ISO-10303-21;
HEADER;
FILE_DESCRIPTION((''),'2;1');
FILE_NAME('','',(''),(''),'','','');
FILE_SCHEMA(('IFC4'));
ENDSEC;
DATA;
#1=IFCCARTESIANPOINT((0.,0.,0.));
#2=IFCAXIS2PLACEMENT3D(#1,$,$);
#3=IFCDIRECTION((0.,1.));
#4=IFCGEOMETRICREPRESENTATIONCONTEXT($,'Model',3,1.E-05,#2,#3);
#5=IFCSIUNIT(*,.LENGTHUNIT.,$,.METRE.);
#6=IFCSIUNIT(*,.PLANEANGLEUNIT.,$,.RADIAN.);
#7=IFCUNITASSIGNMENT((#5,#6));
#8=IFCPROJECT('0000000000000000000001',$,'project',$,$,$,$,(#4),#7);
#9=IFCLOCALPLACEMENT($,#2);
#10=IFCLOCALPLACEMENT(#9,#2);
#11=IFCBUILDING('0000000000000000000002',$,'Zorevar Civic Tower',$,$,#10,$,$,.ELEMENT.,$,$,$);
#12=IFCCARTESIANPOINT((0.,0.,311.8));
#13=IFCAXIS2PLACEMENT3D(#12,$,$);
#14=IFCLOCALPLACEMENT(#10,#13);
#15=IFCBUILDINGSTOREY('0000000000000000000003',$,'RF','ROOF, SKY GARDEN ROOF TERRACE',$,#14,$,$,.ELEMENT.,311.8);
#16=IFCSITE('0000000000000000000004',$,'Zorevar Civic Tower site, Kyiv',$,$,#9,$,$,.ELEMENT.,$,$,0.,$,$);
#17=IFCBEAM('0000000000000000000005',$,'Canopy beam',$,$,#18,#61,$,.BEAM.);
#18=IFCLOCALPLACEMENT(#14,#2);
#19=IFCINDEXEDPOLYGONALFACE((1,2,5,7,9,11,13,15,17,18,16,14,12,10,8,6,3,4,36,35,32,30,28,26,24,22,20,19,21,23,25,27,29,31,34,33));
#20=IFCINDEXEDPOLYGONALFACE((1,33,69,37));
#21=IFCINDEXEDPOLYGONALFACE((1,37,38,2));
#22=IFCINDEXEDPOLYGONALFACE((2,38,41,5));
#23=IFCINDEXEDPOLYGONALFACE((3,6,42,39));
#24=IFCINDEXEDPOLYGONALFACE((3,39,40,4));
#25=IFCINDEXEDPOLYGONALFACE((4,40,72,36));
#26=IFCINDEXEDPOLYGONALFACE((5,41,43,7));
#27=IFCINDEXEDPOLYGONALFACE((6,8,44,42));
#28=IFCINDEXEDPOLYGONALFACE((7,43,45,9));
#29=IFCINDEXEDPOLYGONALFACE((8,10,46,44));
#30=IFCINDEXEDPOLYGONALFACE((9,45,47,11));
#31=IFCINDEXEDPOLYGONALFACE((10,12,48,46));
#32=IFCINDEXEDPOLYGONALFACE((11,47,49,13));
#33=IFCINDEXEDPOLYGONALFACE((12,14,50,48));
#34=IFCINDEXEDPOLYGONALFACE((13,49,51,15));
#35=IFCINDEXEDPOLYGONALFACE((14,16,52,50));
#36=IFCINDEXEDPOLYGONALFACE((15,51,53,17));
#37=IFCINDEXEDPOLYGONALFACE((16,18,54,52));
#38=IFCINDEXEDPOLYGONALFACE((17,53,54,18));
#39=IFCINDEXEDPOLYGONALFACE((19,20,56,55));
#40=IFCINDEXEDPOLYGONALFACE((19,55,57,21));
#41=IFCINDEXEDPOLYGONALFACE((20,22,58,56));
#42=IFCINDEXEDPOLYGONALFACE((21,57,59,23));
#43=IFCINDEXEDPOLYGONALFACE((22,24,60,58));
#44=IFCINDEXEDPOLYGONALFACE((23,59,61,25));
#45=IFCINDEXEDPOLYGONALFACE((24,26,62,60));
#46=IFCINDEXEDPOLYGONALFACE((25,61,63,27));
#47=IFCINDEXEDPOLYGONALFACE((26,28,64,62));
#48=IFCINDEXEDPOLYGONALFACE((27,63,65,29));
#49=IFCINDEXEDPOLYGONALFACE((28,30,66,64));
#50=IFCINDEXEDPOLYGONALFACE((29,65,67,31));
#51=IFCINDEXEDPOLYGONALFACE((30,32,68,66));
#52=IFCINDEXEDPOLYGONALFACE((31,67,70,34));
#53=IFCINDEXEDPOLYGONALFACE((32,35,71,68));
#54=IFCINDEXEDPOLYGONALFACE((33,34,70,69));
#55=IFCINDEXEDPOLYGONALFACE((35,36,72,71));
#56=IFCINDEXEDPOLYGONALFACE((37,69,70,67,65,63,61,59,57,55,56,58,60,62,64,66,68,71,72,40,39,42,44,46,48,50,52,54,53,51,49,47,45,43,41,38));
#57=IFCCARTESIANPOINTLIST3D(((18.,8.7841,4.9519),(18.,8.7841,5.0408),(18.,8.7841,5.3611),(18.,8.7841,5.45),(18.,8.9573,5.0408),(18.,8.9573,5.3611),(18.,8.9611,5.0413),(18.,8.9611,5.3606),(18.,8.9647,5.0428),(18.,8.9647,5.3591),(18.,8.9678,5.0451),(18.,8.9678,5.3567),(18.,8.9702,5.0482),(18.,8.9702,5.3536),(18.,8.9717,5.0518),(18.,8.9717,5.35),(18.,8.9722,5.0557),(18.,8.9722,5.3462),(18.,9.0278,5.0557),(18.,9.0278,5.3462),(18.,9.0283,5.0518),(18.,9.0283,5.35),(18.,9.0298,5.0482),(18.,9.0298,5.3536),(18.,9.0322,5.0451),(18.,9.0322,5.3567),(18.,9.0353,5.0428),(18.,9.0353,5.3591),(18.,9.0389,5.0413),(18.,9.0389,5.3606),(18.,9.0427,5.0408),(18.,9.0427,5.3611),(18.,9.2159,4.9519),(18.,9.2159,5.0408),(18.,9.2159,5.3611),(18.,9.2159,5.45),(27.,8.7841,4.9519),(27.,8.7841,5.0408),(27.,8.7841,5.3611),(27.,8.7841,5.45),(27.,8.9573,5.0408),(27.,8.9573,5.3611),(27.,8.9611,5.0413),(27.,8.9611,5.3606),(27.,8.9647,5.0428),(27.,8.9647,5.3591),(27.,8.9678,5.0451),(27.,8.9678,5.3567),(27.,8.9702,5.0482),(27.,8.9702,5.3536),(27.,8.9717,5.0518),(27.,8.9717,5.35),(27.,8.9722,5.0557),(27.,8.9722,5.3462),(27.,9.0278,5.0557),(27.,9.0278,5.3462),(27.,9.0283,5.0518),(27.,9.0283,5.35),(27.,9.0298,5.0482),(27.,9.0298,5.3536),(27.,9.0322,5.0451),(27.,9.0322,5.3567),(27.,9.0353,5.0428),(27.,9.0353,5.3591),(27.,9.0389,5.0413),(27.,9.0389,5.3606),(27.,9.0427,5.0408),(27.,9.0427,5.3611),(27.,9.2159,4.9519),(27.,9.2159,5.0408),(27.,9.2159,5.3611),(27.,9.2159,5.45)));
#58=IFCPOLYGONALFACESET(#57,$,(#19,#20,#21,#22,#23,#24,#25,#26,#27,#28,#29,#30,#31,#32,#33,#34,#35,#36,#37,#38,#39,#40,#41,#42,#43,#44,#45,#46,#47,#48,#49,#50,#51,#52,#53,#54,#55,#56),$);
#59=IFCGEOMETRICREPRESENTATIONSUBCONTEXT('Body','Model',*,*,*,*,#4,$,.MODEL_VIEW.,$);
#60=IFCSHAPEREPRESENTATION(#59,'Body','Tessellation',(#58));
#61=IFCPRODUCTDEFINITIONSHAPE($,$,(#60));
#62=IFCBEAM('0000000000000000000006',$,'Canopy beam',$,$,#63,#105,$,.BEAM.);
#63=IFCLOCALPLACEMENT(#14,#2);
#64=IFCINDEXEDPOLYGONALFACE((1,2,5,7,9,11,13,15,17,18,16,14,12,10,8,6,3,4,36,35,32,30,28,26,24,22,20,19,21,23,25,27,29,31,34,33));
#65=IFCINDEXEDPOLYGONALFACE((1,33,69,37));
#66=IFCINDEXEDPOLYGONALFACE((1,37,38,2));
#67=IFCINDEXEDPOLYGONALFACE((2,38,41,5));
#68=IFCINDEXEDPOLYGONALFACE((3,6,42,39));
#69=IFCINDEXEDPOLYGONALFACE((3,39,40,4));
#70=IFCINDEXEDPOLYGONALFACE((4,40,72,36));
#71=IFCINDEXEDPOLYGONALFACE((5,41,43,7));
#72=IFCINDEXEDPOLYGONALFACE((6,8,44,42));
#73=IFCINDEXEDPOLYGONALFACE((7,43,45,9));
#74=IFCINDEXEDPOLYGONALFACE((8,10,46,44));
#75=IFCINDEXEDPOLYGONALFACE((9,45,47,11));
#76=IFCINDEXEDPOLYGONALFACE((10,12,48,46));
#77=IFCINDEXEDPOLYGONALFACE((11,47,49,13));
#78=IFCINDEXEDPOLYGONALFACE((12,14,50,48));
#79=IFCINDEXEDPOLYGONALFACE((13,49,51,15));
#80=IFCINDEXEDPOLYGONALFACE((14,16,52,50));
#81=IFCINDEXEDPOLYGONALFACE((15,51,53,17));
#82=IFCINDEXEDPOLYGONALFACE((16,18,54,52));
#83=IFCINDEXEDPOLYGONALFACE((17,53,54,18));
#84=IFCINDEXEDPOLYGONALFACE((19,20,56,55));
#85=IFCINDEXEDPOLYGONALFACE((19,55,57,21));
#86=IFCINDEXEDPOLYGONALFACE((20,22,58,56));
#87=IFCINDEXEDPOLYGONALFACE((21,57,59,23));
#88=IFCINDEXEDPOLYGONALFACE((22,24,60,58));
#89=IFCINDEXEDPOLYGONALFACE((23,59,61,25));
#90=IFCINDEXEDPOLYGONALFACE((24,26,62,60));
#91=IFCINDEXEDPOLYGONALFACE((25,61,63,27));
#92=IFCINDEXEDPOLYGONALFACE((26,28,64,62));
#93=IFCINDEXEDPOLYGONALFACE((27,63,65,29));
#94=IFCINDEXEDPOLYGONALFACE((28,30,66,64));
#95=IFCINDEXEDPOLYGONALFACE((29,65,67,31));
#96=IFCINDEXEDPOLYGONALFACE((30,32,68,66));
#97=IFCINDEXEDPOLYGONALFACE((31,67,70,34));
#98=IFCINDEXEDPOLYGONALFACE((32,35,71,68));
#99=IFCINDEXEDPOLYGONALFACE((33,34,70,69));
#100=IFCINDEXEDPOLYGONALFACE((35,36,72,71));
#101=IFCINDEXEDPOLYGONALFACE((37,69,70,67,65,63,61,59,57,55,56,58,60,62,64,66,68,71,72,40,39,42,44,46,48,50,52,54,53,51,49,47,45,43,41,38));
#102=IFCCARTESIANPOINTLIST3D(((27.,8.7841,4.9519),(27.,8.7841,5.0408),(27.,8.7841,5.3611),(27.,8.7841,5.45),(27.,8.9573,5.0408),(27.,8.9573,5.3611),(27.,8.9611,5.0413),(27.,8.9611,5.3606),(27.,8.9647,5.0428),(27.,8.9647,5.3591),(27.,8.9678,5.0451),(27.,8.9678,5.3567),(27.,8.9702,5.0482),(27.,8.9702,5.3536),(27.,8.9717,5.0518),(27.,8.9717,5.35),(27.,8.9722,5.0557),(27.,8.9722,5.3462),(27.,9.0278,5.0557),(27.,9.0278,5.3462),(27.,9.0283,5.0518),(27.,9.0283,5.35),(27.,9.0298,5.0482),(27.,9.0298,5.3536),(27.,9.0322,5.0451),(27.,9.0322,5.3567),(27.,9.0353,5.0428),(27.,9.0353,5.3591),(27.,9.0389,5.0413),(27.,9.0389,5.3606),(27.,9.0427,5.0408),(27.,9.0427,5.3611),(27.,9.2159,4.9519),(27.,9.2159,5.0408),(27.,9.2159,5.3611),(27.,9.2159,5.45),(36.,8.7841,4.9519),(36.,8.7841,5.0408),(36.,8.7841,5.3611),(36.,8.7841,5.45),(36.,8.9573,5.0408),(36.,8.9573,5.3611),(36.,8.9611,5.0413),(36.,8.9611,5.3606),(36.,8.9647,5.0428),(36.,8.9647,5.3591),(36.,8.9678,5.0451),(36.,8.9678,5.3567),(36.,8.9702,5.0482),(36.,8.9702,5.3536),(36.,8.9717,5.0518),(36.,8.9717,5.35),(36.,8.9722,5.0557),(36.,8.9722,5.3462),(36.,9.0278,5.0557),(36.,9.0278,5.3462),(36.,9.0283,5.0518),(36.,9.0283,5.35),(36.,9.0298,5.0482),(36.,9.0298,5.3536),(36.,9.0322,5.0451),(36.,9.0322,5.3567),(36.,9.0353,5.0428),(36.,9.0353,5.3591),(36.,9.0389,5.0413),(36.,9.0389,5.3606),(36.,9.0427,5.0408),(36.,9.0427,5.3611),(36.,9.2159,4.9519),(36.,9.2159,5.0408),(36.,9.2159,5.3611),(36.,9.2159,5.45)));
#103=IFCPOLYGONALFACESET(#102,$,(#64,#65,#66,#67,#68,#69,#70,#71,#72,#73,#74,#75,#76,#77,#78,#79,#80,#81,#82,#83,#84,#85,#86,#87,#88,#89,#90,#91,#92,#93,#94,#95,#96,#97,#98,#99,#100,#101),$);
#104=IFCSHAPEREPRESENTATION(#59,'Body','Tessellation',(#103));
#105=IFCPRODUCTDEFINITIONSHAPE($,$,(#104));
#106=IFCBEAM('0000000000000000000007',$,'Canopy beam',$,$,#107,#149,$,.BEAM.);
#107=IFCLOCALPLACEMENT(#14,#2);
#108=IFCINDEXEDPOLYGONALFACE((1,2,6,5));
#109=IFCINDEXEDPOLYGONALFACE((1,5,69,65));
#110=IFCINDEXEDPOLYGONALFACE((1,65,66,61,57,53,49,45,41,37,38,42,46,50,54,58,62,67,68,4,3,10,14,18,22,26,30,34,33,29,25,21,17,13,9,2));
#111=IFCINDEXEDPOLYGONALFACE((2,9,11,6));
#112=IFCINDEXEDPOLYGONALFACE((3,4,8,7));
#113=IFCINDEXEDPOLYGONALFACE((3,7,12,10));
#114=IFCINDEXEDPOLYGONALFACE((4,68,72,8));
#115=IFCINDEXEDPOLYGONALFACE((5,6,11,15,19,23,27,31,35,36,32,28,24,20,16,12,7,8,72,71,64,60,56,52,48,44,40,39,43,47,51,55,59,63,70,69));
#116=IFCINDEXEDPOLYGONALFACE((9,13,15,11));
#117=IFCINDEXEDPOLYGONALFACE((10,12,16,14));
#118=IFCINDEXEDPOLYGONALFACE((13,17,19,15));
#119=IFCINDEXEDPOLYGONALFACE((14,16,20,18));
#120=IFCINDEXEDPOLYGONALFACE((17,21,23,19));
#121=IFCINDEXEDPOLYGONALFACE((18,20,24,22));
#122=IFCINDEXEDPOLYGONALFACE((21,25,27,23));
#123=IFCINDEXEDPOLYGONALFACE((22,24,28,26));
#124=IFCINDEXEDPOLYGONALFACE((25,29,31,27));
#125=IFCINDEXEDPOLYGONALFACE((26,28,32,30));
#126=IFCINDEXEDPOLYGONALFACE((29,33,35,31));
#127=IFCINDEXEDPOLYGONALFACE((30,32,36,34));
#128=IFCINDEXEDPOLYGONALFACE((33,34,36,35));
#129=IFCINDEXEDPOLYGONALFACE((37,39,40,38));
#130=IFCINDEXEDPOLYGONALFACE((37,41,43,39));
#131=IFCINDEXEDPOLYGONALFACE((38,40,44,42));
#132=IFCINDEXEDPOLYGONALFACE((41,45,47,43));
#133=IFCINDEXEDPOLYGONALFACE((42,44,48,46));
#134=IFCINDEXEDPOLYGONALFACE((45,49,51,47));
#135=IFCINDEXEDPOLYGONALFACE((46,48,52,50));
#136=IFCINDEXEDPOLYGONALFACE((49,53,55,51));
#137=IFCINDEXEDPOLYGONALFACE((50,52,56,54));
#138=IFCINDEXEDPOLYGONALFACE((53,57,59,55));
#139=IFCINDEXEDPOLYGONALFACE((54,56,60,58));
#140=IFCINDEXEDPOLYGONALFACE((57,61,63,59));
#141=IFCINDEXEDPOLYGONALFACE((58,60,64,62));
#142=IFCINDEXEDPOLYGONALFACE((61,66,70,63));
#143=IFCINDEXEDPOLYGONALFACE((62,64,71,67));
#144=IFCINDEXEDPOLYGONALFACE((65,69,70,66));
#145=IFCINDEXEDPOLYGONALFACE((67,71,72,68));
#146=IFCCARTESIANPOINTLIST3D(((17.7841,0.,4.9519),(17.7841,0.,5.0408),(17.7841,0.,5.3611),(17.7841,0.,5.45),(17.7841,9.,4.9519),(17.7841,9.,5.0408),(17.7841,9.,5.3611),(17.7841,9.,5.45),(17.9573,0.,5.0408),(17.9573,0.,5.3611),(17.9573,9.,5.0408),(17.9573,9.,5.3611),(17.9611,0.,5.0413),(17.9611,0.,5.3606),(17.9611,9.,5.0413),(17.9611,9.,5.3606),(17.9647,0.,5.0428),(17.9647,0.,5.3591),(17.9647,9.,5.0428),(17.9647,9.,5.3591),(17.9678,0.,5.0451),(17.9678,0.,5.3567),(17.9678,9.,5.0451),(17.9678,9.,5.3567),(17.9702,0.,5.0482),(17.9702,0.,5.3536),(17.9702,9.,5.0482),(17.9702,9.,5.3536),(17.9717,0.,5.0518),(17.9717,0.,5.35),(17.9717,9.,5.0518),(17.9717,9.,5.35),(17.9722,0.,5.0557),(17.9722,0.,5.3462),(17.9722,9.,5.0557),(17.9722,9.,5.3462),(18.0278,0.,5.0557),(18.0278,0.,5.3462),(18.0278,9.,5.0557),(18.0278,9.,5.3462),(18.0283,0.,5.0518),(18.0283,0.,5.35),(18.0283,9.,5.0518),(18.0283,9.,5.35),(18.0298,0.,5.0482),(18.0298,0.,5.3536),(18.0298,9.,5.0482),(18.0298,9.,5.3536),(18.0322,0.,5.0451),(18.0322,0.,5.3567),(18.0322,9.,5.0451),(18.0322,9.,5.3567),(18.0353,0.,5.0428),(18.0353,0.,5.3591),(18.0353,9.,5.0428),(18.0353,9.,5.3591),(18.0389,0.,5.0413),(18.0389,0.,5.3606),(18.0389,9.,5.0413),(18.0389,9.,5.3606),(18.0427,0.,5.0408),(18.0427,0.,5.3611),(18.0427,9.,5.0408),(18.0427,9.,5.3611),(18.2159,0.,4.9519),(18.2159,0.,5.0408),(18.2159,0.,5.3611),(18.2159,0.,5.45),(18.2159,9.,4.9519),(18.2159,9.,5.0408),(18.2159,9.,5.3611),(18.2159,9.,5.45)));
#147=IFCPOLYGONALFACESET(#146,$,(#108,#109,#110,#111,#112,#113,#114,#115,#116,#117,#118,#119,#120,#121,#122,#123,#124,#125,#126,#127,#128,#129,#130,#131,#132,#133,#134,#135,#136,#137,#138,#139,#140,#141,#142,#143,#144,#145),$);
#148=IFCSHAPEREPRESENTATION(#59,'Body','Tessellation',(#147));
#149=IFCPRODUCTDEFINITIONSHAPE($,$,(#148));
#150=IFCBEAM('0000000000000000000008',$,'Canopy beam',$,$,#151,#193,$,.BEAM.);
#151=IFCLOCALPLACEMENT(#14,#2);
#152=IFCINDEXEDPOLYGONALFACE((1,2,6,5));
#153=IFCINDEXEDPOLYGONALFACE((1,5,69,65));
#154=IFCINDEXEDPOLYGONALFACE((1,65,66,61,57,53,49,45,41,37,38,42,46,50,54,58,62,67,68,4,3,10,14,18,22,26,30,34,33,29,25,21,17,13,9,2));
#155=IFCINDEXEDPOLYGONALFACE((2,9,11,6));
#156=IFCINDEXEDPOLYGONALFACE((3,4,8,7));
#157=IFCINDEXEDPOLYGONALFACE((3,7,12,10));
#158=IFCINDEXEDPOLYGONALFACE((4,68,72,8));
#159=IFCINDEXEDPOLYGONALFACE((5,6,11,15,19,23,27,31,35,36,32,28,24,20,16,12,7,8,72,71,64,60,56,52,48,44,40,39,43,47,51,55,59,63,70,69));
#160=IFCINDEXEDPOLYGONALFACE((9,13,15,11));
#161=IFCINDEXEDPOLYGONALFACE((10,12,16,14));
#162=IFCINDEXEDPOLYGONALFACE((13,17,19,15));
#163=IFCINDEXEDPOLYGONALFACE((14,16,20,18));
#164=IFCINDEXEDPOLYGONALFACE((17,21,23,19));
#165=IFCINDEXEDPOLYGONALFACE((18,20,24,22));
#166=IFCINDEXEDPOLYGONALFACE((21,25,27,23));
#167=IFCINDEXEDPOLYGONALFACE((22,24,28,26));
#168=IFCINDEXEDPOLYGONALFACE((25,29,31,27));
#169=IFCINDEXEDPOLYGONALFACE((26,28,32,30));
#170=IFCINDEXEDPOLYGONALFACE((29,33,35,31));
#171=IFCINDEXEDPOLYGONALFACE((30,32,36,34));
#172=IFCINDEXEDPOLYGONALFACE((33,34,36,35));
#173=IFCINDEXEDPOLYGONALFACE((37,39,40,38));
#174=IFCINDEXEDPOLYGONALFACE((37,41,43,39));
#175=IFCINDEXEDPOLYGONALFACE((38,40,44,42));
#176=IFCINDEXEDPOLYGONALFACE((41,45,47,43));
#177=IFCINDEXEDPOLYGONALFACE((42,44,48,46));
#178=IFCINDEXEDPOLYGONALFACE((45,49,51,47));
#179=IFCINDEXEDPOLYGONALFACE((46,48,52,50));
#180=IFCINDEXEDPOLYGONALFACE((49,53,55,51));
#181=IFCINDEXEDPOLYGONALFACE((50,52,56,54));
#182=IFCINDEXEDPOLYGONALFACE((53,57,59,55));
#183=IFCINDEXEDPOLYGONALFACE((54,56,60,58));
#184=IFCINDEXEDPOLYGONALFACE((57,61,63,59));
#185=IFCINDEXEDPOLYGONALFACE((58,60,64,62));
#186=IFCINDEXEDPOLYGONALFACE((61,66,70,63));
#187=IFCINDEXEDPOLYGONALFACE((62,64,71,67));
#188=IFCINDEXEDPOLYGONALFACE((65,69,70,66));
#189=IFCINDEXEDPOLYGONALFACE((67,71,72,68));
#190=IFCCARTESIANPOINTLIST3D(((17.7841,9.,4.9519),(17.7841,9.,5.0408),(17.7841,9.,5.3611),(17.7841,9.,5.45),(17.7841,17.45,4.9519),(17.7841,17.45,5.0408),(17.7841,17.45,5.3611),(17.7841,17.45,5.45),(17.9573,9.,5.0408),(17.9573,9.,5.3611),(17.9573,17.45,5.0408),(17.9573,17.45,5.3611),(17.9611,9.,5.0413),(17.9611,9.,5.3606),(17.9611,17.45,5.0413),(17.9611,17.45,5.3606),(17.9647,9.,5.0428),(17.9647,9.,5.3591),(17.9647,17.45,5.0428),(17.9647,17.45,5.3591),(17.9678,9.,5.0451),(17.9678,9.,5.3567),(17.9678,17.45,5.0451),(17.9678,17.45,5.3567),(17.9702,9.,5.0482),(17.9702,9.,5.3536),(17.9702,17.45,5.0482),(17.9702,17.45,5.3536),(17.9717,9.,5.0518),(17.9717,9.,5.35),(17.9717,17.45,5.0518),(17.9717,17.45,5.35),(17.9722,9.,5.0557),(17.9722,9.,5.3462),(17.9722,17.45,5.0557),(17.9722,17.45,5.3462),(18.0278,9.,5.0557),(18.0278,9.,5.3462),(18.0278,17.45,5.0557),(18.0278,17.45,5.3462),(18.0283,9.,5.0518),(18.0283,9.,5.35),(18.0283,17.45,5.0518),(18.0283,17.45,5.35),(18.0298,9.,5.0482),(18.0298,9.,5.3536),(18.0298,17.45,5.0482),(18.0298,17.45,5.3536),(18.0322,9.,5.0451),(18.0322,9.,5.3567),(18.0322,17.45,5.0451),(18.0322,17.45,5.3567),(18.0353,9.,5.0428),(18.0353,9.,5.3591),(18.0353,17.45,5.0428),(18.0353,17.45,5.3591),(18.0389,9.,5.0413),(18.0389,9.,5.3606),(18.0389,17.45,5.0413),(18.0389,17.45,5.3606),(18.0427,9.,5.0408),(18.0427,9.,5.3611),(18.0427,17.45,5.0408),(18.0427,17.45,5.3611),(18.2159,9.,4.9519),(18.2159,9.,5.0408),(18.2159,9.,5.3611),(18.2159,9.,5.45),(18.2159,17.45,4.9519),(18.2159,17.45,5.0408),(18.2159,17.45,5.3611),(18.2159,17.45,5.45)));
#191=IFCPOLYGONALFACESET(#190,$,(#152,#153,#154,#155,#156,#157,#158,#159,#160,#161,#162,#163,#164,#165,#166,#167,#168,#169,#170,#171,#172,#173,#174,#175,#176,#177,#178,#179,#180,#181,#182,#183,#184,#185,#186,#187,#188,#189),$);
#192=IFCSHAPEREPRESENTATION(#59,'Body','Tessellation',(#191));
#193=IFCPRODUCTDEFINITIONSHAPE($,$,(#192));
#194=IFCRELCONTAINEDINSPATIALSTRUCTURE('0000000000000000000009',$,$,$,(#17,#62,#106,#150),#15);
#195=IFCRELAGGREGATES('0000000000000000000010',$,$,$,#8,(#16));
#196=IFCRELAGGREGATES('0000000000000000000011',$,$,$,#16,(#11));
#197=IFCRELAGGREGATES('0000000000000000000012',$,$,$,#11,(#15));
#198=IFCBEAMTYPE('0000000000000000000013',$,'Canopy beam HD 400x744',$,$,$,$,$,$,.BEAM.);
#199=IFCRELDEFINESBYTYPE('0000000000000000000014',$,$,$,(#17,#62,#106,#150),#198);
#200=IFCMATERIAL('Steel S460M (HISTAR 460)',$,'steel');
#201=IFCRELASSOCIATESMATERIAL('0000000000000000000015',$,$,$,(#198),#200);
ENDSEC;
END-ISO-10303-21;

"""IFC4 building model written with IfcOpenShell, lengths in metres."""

from ifc_helpers import new_model, si_unit, direction, frame, origin, origin_2d, place, context, subcontext, project, spatial, i_section, extrude, material, material_profile, profile_set, type_object, element, save


model = new_model("IFC4")

# Units and contexts
model_context = context("Model", 3, precision=1e-05, world=origin(), true_north=direction((0.0, 1.0)))
body_context = subcontext(model_context, "Body", "Model", "MODEL_VIEW")
ifc_project = project(units=[si_unit("LENGTHUNIT", "METRE"), si_unit("PLANEANGLEUNIT", "RADIAN")], contexts=[model_context])

# Site, building, storey
site_placement = place(None, origin())
site = spatial("IfcSite", under=ifc_project, at=site_placement, Name="Zorevar Civic Tower site, Kyiv", CompositionType="ELEMENT", RefElevation=0.0)
building_placement = place(site_placement, origin())
building = spatial("IfcBuilding", under=site, at=building_placement, Name="Zorevar Civic Tower", CompositionType="ELEMENT")
storey_placement = place(building_placement, frame((0.0, 0.0, 311.8)))
storey = spatial("IfcBuildingStorey", under=building, at=storey_placement, Name="RF", Description="ROOF, SKY GARDEN ROOF TERRACE", CompositionType="ELEMENT", Elevation=311.8)

# Beams
ifc_material_1 = material(Name="Steel S460M (HISTAR 460)", Category="steel")
ifc_material_profile_1 = material_profile(ifc_material_1, i_section(OverallWidth=0.4319, OverallDepth=0.498, WebThickness=0.0557, FlangeThickness=0.0889, FilletRadius=0.0149, at=origin_2d()), Name="HD 400x744")
ifc_profile_set_1 = profile_set([ifc_material_profile_1], Name="Steel S460M (HISTAR 460)")
beam_type = type_object("IfcBeamType", Name="Canopy beam HD 400x744", PredefinedType="BEAM", material=ifc_profile_set_1)
for number, where, z_axis, x_axis, name in (
    (1, (18.0, 9.0, 5.2009), (1.0, 0.0, 0.0), (0.0, 1.0, 0.0), "Canopy beam"),
    (2, (27.0, 9.0, 5.2009), (1.0, 0.0, 0.0), (0.0, 1.0, 0.0), "Canopy beam"),
    (3, (18.0, 0.0, 5.2009), (0.0, 1.0, 0.0), (-1.0, 0.0, 0.0), "Canopy beam"),
):
    element("IfcBeam", number, at=place(storey_placement, frame(where, z_axis=z_axis, x_axis=x_axis)), inside=storey, type_object=beam_type, Name=name, PredefinedType="BEAM", context=body_context, shape_type="SweptSolid", body=[
        extrude(i_section(OverallWidth=0.4319, OverallDepth=0.498, WebThickness=0.0557, FlangeThickness=0.0889, FilletRadius=0.0149, at=origin_2d()), origin(), (0.0, 0.0, 1.0), 9.0),
    ])
beam_1_placement = place(storey_placement, frame((18.0, 9.0, 5.2009), z_axis=(0.0, 1.0, 0.0), x_axis=(-1.0, 0.0, 0.0)))
element("IfcBeam", 4, at=beam_1_placement, inside=storey, type_object=beam_type, Name="Canopy beam", PredefinedType="BEAM", context=body_context, shape_type="SweptSolid", body=[
    extrude(i_section(OverallWidth=0.4319, OverallDepth=0.498, WebThickness=0.0557, FlangeThickness=0.0889, FilletRadius=0.0149, at=origin_2d()), origin(), (0.0, 0.0, 1.0), 8.45),
])

save(model, "model.ifc")
